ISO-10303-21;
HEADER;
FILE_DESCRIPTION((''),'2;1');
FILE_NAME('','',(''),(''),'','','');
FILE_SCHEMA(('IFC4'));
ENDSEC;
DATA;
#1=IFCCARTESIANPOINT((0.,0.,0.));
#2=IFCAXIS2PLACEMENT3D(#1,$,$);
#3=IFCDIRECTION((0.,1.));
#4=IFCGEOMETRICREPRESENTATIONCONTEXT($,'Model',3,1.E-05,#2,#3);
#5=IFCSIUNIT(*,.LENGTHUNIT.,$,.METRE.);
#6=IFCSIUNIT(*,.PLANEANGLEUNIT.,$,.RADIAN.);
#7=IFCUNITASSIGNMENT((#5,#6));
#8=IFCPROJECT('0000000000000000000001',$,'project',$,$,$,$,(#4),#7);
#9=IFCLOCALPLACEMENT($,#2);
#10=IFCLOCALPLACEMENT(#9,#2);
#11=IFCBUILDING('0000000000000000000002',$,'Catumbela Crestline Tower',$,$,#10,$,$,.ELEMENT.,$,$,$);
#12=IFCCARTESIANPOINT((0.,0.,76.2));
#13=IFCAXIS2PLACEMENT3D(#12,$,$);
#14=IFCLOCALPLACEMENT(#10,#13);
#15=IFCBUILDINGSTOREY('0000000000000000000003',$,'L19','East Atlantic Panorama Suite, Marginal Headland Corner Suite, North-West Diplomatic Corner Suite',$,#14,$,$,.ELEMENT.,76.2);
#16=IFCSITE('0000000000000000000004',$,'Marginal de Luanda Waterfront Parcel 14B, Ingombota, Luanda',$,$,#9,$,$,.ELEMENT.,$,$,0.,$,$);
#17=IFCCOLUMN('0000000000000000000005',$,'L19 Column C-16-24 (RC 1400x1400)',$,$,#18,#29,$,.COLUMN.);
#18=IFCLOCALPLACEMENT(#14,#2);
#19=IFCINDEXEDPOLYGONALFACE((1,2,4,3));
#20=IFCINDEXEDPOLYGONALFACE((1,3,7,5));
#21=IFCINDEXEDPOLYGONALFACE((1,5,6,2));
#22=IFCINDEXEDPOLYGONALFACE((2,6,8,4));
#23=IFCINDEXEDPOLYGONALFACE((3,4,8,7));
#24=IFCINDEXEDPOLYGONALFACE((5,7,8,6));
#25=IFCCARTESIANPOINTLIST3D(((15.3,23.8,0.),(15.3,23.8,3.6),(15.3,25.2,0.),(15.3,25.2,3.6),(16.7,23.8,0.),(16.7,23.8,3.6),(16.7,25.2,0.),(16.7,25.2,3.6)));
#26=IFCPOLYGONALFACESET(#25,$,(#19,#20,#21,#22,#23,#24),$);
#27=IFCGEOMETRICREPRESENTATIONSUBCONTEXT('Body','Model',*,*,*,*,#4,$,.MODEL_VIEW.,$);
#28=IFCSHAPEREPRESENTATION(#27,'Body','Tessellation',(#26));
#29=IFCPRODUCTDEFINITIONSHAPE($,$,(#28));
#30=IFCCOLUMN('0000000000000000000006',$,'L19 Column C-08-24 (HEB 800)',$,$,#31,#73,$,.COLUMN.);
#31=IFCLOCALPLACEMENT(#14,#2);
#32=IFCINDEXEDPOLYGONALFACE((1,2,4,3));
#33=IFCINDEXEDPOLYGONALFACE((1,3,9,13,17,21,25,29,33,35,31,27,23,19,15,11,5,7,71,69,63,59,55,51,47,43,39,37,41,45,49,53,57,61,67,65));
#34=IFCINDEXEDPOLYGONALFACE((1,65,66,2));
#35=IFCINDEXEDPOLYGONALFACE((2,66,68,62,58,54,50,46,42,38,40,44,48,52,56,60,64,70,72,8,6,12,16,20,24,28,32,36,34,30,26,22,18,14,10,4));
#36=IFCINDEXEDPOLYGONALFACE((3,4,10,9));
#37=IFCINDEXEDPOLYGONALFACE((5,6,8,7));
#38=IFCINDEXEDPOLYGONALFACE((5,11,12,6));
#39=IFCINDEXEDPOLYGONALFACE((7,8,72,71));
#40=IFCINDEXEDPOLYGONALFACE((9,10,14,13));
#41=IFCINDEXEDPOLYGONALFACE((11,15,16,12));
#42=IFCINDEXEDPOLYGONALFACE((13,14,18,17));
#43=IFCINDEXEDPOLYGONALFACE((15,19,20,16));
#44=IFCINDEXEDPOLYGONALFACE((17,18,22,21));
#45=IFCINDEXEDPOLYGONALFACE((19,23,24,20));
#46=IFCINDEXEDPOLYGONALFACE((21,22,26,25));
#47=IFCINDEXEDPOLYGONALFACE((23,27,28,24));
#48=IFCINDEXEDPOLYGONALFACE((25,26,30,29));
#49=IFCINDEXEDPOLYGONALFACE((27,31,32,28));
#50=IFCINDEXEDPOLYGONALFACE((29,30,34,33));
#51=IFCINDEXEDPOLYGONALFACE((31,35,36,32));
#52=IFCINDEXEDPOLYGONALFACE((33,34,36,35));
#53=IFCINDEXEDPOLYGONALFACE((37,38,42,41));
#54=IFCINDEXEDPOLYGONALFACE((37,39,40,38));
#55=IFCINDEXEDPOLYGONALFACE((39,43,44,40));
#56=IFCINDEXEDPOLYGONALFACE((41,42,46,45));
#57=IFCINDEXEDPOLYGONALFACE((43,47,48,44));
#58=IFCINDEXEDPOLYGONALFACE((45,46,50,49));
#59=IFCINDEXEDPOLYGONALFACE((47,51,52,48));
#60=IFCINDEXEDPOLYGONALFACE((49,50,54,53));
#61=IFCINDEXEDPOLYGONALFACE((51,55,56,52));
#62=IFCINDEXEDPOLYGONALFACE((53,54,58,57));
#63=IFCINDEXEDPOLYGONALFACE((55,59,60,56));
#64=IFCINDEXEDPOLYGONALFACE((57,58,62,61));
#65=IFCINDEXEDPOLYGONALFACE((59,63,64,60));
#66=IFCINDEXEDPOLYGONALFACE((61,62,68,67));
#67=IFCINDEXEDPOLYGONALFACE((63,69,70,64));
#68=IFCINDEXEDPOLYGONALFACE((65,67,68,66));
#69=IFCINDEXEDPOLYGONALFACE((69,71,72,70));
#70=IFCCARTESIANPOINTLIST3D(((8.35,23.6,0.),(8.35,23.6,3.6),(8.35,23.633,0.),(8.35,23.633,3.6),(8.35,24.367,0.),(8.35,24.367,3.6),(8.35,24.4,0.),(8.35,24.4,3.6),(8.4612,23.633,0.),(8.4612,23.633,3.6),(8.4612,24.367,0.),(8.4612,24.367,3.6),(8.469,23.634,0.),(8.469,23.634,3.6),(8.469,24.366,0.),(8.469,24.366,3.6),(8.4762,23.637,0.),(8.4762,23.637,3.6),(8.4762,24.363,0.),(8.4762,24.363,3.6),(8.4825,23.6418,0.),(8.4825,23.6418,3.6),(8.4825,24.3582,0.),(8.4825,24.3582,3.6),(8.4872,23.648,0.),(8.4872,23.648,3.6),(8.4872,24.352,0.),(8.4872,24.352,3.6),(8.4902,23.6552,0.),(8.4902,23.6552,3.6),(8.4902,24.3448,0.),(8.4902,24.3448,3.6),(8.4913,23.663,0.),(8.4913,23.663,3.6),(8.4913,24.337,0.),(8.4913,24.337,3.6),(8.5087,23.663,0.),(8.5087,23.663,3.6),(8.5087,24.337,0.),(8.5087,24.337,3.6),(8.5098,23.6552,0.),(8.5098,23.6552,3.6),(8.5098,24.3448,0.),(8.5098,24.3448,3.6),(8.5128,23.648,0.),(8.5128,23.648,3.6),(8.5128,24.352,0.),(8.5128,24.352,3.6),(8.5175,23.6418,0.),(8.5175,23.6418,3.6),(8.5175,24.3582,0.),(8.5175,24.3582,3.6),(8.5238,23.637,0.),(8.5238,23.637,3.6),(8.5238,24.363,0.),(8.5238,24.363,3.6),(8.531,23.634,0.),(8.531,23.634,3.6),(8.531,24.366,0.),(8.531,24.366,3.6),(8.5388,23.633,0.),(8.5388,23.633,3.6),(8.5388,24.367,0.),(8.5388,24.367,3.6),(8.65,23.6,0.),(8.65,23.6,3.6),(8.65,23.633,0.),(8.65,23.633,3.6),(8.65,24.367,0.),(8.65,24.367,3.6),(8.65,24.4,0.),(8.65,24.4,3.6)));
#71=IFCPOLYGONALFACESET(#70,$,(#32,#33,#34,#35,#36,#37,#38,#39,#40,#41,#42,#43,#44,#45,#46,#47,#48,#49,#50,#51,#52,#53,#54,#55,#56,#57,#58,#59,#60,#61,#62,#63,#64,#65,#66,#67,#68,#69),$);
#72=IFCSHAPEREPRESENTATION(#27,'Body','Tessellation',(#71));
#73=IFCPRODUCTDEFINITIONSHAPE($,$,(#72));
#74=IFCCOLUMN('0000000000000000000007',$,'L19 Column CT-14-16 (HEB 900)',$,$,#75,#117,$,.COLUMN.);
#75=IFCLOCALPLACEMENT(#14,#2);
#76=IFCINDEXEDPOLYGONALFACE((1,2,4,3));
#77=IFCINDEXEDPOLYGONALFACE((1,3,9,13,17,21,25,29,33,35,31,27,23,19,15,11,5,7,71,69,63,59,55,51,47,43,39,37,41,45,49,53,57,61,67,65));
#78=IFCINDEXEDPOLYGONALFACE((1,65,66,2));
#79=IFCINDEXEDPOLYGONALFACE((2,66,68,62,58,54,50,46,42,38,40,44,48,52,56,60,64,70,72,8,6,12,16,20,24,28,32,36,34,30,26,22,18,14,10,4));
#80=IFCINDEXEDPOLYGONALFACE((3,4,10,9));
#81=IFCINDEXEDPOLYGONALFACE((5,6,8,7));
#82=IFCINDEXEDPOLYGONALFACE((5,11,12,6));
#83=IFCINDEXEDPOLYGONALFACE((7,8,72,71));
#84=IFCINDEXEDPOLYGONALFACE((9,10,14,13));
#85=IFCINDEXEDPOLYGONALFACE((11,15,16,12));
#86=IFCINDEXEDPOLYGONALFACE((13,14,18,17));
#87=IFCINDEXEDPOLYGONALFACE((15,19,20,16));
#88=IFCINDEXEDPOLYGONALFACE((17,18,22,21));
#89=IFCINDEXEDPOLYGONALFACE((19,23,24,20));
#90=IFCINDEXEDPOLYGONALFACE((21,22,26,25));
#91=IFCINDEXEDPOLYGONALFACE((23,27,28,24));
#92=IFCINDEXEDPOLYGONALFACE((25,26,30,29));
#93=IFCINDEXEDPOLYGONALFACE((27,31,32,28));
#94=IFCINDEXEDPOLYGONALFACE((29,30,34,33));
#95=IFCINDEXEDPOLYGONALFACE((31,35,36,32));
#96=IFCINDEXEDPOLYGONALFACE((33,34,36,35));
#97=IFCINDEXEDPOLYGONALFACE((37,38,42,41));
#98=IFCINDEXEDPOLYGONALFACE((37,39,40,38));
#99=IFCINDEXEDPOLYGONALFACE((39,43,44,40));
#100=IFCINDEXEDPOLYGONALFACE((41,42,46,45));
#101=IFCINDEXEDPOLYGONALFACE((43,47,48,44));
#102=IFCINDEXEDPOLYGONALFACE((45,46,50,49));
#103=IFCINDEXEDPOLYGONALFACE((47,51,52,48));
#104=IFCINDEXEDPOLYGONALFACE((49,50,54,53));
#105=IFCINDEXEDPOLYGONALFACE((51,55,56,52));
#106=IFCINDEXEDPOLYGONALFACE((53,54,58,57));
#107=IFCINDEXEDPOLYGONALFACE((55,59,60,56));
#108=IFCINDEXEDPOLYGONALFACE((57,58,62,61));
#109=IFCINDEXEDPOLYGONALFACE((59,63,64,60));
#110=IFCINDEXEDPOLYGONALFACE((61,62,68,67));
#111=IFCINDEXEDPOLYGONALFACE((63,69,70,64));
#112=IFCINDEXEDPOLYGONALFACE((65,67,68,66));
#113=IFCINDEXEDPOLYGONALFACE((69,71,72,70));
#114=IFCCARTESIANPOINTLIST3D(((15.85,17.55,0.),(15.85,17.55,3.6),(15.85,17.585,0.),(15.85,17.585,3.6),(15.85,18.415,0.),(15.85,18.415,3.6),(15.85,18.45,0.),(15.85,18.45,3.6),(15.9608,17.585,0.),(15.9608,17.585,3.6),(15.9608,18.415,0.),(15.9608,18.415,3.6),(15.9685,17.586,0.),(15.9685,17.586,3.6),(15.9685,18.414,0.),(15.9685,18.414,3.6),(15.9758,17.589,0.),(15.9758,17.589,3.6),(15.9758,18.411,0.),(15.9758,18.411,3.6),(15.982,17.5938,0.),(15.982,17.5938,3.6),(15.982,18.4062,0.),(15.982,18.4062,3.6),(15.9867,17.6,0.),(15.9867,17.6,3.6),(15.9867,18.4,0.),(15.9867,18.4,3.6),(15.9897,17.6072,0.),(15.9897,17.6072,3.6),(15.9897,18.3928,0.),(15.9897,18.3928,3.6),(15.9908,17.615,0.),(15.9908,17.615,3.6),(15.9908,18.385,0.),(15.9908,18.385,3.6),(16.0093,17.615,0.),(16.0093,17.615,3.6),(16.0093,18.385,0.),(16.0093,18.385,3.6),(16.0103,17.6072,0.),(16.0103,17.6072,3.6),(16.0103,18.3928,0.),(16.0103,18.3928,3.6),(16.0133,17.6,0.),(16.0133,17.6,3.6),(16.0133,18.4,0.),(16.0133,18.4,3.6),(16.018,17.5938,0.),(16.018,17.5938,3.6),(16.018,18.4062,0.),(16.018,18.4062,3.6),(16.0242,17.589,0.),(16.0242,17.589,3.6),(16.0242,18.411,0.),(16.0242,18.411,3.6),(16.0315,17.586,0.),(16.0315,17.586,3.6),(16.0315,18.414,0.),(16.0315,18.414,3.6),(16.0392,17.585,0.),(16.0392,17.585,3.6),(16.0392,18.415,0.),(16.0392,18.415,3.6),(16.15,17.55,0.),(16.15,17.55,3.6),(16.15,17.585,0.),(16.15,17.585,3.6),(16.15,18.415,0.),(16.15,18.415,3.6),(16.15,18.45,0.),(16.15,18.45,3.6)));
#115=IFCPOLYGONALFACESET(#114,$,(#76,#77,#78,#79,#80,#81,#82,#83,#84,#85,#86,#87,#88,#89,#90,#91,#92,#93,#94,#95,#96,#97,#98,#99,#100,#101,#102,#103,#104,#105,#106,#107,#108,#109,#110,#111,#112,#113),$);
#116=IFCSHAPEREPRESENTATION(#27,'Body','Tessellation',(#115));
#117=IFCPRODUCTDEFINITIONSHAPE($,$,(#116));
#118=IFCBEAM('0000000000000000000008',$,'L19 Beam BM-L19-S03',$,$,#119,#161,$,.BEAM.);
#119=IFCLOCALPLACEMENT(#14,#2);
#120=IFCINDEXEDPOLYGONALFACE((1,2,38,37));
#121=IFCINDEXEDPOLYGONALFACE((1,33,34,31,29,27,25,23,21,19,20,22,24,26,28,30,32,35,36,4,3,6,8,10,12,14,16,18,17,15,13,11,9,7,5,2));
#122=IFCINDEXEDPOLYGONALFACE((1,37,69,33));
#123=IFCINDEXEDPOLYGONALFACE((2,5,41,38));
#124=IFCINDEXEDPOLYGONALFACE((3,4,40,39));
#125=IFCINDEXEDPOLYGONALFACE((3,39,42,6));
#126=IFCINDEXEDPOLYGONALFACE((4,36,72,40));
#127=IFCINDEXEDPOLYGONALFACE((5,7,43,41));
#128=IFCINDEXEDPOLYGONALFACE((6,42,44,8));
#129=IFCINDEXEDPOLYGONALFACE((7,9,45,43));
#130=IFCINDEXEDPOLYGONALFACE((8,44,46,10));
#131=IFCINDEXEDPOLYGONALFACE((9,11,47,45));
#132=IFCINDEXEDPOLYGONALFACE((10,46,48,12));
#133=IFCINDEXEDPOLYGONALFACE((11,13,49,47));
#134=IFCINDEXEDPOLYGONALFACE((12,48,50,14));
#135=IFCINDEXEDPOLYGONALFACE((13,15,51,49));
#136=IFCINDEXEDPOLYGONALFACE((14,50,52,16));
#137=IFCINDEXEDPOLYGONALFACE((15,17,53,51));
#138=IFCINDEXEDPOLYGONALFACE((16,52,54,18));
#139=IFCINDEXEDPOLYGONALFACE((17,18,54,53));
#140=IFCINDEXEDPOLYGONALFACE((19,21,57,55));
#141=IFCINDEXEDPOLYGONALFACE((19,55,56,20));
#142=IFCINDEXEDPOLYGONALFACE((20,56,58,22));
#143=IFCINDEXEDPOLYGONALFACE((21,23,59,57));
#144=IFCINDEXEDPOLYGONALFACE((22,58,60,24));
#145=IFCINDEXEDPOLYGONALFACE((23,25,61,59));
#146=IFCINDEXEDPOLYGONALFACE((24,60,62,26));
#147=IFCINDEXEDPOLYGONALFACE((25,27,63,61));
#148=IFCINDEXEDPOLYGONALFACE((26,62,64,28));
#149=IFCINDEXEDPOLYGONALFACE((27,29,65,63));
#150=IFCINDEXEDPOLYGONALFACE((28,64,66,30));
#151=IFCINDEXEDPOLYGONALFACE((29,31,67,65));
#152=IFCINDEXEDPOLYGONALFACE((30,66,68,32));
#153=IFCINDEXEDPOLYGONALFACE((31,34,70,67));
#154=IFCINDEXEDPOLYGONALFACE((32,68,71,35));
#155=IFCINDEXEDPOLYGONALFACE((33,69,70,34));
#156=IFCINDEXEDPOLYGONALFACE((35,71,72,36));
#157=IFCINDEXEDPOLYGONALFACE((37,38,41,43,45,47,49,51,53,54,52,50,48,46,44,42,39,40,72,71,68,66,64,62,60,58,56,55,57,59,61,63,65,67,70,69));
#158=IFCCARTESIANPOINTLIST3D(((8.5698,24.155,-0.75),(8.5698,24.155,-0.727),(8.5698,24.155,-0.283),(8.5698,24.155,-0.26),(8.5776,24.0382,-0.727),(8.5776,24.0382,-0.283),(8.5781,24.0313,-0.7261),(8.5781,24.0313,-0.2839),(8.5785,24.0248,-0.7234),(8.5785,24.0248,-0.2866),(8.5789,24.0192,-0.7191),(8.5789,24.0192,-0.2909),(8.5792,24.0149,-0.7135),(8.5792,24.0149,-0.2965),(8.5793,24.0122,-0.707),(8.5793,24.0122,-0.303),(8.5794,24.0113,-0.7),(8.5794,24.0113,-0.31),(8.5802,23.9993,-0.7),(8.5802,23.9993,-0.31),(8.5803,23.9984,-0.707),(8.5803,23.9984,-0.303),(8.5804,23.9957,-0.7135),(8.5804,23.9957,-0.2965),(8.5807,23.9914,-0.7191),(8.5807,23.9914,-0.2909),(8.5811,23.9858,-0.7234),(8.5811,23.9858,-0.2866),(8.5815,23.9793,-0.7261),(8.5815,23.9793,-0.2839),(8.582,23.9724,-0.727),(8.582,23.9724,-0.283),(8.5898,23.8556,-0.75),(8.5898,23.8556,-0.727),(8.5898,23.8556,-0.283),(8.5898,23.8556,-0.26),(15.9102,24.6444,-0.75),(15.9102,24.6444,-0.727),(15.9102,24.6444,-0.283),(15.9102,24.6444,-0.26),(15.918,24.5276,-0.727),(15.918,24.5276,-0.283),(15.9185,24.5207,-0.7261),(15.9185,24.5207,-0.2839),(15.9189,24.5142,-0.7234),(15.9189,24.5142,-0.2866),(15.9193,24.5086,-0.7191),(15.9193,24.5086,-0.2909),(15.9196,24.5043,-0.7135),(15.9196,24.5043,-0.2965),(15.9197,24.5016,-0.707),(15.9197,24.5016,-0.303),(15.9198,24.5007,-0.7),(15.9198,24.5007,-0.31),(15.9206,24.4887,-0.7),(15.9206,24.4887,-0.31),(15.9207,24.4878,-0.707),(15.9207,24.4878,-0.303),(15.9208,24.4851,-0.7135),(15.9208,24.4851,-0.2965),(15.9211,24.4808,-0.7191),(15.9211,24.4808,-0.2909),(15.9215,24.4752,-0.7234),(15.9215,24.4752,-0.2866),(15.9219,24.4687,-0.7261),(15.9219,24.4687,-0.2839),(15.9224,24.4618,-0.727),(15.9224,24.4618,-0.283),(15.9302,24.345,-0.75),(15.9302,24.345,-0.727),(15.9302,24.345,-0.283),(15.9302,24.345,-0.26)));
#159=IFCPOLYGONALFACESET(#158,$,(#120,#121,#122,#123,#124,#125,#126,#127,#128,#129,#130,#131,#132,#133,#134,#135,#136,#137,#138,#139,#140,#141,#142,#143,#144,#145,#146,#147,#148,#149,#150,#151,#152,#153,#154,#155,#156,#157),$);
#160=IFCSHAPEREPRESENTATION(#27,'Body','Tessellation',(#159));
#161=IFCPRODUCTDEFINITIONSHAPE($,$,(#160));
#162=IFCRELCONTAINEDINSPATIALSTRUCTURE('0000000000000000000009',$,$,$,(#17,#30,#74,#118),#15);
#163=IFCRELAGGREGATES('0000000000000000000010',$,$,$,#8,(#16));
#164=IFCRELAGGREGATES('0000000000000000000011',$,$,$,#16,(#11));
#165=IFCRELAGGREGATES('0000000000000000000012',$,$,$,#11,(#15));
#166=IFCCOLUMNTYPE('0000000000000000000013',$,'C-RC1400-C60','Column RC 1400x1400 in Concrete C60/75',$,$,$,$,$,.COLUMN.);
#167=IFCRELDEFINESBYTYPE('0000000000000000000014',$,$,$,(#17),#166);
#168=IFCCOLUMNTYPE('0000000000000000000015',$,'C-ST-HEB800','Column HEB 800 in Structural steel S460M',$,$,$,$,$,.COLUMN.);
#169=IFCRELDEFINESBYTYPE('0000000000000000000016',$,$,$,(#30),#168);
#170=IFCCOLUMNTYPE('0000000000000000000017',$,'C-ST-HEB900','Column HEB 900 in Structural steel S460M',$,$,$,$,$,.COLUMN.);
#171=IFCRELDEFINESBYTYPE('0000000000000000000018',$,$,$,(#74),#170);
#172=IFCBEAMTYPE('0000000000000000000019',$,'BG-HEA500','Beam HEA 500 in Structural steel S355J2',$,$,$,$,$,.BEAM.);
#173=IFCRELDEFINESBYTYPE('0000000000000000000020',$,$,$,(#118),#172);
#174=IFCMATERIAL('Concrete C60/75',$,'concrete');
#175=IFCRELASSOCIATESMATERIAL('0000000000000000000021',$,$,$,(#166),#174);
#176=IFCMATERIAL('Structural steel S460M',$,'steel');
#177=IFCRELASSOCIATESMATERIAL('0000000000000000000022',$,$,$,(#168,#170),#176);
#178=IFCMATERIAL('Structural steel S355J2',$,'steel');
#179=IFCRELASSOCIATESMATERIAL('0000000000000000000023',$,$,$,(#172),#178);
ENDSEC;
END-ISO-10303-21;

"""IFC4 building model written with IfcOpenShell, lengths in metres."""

from ifc_helpers import new_model, si_unit, direction, frame, origin, origin_2d, place, context, subcontext, project, spatial, rectangle, i_section, extrude, material, material_profile, profile_set, type_object, element, save


model = new_model("IFC4")

# Units and contexts
model_context = context("Model", 3, precision=1e-05, world=origin(), true_north=direction((0.0, 1.0)))
body_context = subcontext(model_context, "Body", "Model", "MODEL_VIEW")
ifc_project = project(units=[si_unit("LENGTHUNIT", "METRE"), si_unit("PLANEANGLEUNIT", "RADIAN")], contexts=[model_context])

# Site, building, storey
site_placement = place(None, origin())
site = spatial("IfcSite", under=ifc_project, at=site_placement, Name="Marginal de Luanda Waterfront Parcel 14B, Ingombota, Luanda", CompositionType="ELEMENT", RefElevation=0.0)
building_placement = place(site_placement, origin())
building = spatial("IfcBuilding", under=site, at=building_placement, Name="Catumbela Crestline Tower", CompositionType="ELEMENT")
storey_placement = place(building_placement, frame((0.0, 0.0, 76.2)))
storey = spatial("IfcBuildingStorey", under=building, at=storey_placement, Name="L19", Description="East Atlantic Panorama Suite, Marginal Headland Corner Suite, North-West Diplomatic Corner Suite", CompositionType="ELEMENT", Elevation=76.2)

# Columns
ifc_material_1 = material(Name="Concrete C60/75", Category="concrete")
ifc_material_profile_1 = material_profile(ifc_material_1, rectangle(XDim=1.4, YDim=1.4, at=origin_2d()), Name="RC 1400x1400")
ifc_profile_set_1 = profile_set([ifc_material_profile_1], Name="Concrete C60/75")
column_type_1 = type_object("IfcColumnType", Name="C-RC1400-C60", Description="Column RC 1400x1400 in Concrete C60/75", PredefinedType="COLUMN", material=ifc_profile_set_1)
column_1_placement = place(storey_placement, frame((16.0, 24.5, 0.0), z_axis=(0.0, 0.0, 1.0), x_axis=(1.0, 0.0, 0.0)))
element("IfcColumn", 1, at=column_1_placement, inside=storey, type_object=column_type_1, Name="L19 Column C-16-24 (RC 1400x1400)", PredefinedType="COLUMN", context=body_context, shape_type="SweptSolid", body=[
    extrude(rectangle(XDim=1.4, YDim=1.4, at=origin_2d()), origin(), (0.0, 0.0, 1.0), 3.6),
])
ifc_material_2 = material(Name="Structural steel S460M", Category="steel")
ifc_material_profile_2 = material_profile(ifc_material_2, i_section(OverallWidth=0.3, OverallDepth=0.8, WebThickness=0.0175, FlangeThickness=0.033, FilletRadius=0.03, at=origin_2d()), Name="HEB 800")
ifc_profile_set_2 = profile_set([ifc_material_profile_2], Name="Structural steel S460M")
column_type_2 = type_object("IfcColumnType", Name="C-ST-HEB800", Description="Column HEB 800 in Structural steel S460M", PredefinedType="COLUMN", material=ifc_profile_set_2)
column_2_placement = place(storey_placement, frame((8.5, 24.0, 0.0), z_axis=(0.0, 0.0, 1.0), x_axis=(1.0, 0.0, 0.0)))
element("IfcColumn", 2, at=column_2_placement, inside=storey, type_object=column_type_2, Name="L19 Column C-08-24 (HEB 800)", PredefinedType="COLUMN", context=body_context, shape_type="SweptSolid", body=[
    extrude(i_section(OverallWidth=0.3, OverallDepth=0.8, WebThickness=0.0175, FlangeThickness=0.033, FilletRadius=0.03, at=origin_2d()), origin(), (0.0, 0.0, 1.0), 3.6),
])
ifc_material_profile_3 = material_profile(ifc_material_2, i_section(OverallWidth=0.3, OverallDepth=0.9, WebThickness=0.0185, FlangeThickness=0.035, FilletRadius=0.03, at=origin_2d()), Name="HEB 900")
ifc_profile_set_3 = profile_set([ifc_material_profile_3], Name="Structural steel S460M")
column_type_3 = type_object("IfcColumnType", Name="C-ST-HEB900", Description="Column HEB 900 in Structural steel S460M", PredefinedType="COLUMN", material=ifc_profile_set_3)
column_3_placement = place(storey_placement, frame((16.0, 18.0, 0.0), z_axis=(0.0, 0.0, 1.0), x_axis=(1.0, 0.0, 0.0)))
element("IfcColumn", 3, at=column_3_placement, inside=storey, type_object=column_type_3, Name="L19 Column CT-14-16 (HEB 900)", PredefinedType="COLUMN", context=body_context, shape_type="SweptSolid", body=[
    extrude(i_section(OverallWidth=0.3, OverallDepth=0.9, WebThickness=0.0185, FlangeThickness=0.035, FilletRadius=0.03, at=origin_2d()), origin(), (0.0, 0.0, 1.0), 3.6),
])

# Beam
ifc_material_3 = material(Name="Structural steel S355J2", Category="steel")
ifc_material_profile_4 = material_profile(ifc_material_3, i_section(OverallWidth=0.3, OverallDepth=0.49, WebThickness=0.012, FlangeThickness=0.023, FilletRadius=0.027, at=origin_2d()), Name="HEA 500")
ifc_profile_set_4 = profile_set([ifc_material_profile_4], Name="Structural steel S355J2")
beam_type = type_object("IfcBeamType", Name="BG-HEA500", Description="Beam HEA 500 in Structural steel S355J2", PredefinedType="BEAM", material=ifc_profile_set_4)
beam_1_placement = place(storey_placement, frame((8.5798, 24.0053, -0.505), z_axis=(0.997785, 0.066524, 0.0), x_axis=(-0.066524, 0.997785, 0.0)))
element("IfcBeam", 4, at=beam_1_placement, inside=storey, type_object=beam_type, Name="L19 Beam BM-L19-S03", PredefinedType="BEAM", context=body_context, shape_type="SweptSolid", body=[
    extrude(i_section(OverallWidth=0.3, OverallDepth=0.49, WebThickness=0.012, FlangeThickness=0.023, FilletRadius=0.027, at=origin_2d()), origin(), (0.0, 0.0, 1.0), 7.3567),
])

save(model, "model.ifc")
